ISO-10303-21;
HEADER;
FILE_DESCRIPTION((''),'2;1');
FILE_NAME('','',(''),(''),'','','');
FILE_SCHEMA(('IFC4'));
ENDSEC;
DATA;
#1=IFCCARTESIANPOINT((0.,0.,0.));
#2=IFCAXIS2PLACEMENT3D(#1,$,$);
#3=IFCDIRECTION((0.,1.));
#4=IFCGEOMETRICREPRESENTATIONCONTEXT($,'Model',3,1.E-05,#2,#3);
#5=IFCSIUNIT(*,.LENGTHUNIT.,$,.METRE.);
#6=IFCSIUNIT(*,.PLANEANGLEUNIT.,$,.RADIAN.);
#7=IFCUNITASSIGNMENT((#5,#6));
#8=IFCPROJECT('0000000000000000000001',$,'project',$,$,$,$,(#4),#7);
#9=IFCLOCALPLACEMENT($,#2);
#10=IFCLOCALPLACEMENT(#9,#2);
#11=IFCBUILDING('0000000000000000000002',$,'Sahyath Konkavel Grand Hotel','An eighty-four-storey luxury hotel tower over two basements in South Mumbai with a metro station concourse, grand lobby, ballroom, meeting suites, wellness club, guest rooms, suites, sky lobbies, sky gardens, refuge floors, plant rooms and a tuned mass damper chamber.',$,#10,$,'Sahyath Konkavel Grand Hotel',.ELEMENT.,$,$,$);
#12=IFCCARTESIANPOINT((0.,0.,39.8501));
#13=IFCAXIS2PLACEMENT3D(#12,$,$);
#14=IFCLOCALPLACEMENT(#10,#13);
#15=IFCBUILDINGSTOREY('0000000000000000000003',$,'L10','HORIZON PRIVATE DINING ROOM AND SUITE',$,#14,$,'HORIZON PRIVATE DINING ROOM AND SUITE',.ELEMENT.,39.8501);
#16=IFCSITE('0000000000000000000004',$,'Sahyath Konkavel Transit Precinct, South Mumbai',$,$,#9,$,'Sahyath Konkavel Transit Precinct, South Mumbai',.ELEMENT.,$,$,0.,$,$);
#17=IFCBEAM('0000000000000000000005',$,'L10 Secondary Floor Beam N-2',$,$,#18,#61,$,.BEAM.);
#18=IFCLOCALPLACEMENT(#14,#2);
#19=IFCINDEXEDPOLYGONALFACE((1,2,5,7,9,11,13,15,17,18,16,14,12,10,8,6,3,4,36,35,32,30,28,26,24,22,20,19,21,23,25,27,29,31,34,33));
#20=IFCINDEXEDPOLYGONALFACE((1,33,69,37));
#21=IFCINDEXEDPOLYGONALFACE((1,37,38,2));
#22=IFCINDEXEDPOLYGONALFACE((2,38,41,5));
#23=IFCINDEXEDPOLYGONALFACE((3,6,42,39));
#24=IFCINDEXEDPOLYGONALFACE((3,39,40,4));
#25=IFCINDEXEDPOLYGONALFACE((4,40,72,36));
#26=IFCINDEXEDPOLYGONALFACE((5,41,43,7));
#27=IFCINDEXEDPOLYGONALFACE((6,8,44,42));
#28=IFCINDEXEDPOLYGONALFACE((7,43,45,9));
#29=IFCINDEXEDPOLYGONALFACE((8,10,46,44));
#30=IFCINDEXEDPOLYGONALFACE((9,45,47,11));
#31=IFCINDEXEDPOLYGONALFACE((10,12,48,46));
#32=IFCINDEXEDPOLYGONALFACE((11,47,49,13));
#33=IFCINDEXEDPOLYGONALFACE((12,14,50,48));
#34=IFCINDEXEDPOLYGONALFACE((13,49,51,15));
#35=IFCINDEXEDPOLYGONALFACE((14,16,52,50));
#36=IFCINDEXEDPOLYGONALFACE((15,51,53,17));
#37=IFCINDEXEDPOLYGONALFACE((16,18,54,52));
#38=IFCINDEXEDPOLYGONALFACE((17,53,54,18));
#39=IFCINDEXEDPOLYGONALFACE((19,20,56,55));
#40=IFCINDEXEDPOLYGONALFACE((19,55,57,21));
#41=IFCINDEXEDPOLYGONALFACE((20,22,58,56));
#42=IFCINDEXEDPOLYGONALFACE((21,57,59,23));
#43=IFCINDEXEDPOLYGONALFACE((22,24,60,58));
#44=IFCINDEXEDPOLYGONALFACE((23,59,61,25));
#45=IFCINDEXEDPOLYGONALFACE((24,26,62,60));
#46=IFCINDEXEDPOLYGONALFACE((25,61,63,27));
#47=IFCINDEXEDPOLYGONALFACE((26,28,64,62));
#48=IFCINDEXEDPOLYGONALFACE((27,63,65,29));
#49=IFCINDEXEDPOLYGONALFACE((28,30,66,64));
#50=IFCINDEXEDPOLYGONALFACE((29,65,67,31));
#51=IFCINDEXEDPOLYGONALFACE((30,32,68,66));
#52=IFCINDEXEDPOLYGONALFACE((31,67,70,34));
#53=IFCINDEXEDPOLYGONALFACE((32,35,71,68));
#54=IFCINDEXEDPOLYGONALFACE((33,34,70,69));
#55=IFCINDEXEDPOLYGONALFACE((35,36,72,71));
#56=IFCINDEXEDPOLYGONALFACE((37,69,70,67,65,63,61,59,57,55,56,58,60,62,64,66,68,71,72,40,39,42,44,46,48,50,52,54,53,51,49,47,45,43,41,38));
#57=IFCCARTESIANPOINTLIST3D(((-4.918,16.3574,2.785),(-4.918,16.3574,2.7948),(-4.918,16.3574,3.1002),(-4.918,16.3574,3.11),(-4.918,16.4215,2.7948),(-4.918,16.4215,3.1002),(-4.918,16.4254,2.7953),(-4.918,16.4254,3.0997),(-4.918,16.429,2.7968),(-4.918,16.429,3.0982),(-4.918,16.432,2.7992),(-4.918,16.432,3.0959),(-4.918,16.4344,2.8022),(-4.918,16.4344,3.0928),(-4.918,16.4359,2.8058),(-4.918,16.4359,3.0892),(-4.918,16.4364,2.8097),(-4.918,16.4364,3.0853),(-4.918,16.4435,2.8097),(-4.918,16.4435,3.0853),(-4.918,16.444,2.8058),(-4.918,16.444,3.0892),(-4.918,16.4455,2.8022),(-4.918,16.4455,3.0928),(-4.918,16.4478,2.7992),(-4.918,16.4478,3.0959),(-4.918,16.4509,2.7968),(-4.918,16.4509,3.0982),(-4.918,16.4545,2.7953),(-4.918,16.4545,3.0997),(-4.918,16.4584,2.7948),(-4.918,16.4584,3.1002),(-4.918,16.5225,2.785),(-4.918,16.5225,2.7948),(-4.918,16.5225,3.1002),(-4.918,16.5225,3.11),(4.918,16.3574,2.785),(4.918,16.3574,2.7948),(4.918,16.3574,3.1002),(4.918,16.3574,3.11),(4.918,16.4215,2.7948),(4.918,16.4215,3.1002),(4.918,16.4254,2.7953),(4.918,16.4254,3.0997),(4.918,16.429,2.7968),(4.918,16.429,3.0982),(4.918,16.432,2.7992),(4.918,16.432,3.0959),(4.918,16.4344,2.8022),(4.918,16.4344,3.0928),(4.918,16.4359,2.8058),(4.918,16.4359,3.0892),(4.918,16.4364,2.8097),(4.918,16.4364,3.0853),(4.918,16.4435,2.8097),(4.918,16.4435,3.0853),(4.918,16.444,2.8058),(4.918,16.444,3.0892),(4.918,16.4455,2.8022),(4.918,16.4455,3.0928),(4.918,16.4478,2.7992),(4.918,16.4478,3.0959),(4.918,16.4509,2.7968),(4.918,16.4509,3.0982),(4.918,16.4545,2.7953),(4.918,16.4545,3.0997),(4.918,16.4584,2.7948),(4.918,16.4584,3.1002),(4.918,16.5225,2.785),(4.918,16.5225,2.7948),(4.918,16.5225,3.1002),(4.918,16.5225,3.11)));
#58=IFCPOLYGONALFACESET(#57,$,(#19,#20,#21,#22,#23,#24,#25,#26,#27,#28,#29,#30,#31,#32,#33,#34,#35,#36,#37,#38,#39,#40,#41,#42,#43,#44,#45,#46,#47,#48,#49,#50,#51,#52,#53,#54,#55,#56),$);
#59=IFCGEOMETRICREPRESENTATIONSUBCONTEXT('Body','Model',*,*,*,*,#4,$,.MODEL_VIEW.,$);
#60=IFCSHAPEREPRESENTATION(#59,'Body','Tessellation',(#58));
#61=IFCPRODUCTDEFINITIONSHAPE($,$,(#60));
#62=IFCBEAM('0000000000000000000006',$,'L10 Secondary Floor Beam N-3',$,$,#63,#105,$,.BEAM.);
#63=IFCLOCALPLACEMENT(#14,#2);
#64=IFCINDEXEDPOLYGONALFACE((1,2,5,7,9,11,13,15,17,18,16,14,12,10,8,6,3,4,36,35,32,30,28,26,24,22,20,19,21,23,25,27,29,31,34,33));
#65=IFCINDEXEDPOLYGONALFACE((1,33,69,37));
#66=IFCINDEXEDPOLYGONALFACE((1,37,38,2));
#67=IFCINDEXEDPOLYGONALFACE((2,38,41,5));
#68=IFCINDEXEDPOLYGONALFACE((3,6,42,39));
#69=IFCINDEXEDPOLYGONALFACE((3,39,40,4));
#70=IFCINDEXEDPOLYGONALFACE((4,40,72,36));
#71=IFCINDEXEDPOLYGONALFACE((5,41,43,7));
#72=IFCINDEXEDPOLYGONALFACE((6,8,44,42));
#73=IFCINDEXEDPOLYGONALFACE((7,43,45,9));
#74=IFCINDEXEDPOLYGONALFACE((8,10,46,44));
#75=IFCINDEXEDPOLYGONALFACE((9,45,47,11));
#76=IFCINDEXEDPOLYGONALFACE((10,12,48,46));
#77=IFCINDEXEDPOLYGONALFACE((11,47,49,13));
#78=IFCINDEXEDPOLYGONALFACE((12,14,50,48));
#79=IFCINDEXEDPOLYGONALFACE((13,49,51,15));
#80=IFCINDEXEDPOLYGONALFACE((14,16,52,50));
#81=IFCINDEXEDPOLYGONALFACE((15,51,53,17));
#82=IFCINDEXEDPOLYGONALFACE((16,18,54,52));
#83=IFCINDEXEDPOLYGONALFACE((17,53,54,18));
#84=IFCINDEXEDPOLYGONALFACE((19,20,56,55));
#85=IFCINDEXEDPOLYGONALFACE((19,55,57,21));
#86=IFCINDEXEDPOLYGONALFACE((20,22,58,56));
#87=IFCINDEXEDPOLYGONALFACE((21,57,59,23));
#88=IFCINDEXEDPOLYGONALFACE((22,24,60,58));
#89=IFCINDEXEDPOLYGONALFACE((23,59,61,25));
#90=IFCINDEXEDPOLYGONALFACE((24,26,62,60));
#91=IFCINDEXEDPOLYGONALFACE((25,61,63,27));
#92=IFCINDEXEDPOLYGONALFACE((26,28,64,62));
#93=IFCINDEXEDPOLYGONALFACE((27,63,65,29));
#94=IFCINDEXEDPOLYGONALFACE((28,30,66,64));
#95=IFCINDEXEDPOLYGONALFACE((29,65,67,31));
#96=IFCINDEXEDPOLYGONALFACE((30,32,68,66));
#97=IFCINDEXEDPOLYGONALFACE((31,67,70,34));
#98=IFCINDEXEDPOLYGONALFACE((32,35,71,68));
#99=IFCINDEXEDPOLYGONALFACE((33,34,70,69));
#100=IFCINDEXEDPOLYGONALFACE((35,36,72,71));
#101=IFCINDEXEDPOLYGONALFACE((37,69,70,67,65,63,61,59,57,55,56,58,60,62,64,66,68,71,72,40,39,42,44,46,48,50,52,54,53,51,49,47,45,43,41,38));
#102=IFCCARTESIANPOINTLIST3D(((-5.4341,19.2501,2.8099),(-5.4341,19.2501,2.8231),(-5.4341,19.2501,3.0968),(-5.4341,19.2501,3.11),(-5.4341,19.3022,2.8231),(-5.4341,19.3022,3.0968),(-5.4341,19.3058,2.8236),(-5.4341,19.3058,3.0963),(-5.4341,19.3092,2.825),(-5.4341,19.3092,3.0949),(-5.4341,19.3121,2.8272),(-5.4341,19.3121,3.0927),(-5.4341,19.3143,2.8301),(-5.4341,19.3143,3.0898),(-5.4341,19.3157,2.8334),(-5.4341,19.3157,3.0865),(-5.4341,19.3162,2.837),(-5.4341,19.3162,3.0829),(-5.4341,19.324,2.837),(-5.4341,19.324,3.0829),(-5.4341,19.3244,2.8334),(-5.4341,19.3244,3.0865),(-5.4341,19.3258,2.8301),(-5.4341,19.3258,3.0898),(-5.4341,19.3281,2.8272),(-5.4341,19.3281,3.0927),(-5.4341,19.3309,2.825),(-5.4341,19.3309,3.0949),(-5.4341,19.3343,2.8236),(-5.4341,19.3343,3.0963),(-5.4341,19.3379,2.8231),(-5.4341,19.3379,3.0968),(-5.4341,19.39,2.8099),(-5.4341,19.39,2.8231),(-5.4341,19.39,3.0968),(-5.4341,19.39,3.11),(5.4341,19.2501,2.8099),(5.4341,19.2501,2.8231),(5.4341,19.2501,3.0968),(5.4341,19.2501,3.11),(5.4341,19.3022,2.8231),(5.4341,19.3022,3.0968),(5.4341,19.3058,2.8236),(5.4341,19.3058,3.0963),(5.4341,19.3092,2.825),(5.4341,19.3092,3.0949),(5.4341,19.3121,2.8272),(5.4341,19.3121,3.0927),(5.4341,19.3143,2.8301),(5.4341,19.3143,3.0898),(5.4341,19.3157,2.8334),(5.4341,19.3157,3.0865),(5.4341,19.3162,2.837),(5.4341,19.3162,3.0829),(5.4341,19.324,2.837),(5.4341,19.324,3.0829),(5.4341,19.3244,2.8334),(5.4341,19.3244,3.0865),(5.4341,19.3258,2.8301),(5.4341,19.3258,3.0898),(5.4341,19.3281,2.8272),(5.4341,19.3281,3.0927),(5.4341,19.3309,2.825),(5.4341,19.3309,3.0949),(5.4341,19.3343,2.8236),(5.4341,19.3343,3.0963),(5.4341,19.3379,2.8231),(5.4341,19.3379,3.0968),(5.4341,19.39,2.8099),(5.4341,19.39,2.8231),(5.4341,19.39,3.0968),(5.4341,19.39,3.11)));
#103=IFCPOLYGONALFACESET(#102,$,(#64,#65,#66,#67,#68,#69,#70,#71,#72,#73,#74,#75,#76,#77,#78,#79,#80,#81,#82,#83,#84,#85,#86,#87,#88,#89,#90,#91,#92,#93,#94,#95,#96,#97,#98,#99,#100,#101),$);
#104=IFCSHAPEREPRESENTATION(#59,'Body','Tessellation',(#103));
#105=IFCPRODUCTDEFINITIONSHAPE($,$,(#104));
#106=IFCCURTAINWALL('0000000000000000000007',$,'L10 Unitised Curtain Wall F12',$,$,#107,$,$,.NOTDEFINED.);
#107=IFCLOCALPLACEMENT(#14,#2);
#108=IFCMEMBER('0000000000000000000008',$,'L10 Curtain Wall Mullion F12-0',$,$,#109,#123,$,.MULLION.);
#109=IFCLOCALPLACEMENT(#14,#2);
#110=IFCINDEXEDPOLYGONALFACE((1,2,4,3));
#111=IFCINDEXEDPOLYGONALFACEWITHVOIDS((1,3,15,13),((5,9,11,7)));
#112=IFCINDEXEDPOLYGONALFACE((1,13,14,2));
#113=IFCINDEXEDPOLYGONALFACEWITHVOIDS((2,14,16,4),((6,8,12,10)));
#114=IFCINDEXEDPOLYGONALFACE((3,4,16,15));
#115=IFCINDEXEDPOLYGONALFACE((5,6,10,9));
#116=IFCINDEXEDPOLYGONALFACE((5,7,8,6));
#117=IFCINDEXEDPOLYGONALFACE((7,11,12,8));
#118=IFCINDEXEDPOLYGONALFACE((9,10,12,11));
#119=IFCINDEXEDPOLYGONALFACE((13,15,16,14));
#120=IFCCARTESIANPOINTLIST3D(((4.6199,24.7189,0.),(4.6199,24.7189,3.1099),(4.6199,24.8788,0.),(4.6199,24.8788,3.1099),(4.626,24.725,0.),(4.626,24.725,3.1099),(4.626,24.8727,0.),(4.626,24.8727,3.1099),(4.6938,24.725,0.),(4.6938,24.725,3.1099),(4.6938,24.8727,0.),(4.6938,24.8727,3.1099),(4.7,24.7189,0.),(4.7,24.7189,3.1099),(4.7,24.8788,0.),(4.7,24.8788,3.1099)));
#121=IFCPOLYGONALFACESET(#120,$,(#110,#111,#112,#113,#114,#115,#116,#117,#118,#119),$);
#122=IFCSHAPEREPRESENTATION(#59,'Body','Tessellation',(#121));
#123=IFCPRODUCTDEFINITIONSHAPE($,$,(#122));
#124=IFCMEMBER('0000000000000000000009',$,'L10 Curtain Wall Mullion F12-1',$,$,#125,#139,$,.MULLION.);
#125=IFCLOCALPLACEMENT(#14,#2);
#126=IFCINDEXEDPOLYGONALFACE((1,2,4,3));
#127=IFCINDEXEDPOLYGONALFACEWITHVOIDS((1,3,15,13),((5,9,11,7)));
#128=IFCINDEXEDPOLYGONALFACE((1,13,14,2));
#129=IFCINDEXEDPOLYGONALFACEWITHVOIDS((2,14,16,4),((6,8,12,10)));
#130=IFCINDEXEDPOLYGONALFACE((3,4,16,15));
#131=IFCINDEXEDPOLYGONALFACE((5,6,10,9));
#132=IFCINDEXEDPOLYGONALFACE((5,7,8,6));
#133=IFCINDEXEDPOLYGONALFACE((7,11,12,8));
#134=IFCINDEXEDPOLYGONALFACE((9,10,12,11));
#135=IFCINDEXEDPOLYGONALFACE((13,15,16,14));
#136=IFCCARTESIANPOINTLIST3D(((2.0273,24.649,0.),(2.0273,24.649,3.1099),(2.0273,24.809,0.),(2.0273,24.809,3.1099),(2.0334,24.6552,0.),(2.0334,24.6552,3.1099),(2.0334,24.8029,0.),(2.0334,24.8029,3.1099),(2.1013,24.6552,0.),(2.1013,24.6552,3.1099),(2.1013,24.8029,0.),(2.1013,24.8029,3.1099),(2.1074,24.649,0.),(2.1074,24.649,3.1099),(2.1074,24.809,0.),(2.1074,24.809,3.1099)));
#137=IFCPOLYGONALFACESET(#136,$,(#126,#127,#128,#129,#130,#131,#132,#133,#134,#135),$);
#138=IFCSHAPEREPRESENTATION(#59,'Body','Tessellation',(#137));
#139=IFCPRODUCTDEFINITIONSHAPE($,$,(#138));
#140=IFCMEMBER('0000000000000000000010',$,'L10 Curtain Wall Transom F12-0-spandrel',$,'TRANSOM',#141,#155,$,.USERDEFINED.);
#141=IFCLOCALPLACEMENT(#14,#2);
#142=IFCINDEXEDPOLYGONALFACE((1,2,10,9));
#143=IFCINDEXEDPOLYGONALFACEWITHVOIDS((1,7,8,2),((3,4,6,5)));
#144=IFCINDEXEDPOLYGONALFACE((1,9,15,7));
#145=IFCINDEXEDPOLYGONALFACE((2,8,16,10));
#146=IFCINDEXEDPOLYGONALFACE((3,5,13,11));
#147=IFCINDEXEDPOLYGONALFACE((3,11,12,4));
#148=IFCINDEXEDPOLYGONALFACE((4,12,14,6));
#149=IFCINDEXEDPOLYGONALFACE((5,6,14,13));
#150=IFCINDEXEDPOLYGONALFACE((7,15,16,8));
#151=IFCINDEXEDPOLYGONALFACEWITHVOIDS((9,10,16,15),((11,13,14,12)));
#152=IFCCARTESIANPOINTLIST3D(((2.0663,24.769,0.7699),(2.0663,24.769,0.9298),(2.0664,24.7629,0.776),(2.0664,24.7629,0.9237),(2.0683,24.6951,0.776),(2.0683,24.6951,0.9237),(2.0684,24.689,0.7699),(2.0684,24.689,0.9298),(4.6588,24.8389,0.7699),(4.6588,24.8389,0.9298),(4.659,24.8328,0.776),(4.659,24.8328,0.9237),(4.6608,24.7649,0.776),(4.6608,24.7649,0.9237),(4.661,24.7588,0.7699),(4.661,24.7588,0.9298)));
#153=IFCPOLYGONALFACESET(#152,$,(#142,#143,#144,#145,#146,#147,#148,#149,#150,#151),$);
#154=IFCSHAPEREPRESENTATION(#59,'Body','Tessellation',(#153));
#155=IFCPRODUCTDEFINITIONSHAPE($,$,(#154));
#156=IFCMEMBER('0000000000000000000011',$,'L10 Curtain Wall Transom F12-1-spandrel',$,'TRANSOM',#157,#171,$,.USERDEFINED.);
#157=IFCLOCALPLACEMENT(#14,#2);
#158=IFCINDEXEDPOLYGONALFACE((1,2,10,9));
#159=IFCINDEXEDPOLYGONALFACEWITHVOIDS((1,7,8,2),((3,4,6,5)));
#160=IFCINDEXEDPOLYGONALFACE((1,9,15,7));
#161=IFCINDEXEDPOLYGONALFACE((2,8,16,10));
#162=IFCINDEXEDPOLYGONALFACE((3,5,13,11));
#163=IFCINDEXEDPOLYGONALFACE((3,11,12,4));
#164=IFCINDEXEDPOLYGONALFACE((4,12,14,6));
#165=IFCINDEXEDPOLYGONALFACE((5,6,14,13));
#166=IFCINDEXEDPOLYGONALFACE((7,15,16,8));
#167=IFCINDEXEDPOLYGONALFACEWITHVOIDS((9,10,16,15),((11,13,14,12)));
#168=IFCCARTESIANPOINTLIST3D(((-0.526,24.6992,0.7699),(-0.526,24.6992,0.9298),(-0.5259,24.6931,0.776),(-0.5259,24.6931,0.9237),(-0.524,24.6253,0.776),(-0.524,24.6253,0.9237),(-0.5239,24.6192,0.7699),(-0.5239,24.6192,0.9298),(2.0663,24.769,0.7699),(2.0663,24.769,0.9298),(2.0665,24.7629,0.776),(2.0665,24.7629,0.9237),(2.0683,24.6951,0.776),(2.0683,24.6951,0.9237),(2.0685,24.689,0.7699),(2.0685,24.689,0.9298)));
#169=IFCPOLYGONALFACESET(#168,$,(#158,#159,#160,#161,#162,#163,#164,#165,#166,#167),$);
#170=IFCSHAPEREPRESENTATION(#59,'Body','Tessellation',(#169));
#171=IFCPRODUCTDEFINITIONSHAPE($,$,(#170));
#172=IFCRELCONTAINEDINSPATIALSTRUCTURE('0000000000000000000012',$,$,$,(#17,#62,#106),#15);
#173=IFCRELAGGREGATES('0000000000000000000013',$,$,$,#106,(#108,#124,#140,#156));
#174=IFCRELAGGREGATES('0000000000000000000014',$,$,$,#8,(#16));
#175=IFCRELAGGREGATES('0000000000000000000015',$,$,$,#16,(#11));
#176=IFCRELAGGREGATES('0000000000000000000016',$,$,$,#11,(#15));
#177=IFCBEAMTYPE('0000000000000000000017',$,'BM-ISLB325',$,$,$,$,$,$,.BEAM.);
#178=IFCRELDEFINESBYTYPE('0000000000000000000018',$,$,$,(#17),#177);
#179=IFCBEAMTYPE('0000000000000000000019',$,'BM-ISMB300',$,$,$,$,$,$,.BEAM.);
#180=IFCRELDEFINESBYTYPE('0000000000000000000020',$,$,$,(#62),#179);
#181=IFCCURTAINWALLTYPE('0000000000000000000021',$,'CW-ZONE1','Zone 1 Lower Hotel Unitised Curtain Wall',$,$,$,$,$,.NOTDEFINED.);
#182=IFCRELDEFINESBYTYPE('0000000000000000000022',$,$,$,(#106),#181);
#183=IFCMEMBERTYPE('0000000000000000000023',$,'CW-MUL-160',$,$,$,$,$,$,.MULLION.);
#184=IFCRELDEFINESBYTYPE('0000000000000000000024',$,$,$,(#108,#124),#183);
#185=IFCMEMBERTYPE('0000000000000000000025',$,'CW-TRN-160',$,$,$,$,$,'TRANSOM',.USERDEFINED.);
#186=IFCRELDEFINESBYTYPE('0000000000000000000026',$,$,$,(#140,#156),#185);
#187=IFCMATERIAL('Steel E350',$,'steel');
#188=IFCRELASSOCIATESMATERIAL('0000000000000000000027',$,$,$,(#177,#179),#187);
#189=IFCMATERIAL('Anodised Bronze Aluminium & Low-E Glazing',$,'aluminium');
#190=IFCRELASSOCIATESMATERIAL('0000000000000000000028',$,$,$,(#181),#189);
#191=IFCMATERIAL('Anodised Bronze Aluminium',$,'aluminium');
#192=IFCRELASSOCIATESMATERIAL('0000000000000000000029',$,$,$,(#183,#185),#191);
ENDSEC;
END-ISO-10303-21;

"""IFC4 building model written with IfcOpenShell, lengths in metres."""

from ifc_helpers import new_model, si_unit, direction, frame, origin, origin_2d, place, context, subcontext, project, spatial, hollow_rectangle, i_section, extrude, source, transform, mapped, material, material_profile, profile_set, type_object, element, aggregate, save


model = new_model("IFC4")

# Units and contexts
model_context = context("Model", 3, precision=1e-05, world=origin(), true_north=direction((0.0, 1.0)))
body_context = subcontext(model_context, "Body", "Model", "MODEL_VIEW")
ifc_project = project(units=[si_unit("LENGTHUNIT", "METRE"), si_unit("PLANEANGLEUNIT", "RADIAN")], contexts=[model_context])

# Site, building, storey
site_placement = place(None, origin())
site = spatial("IfcSite", under=ifc_project, at=site_placement, Name="Sahyath Konkavel Transit Precinct, South Mumbai", LongName="Sahyath Konkavel Transit Precinct, South Mumbai", CompositionType="ELEMENT", RefElevation=0.0)
building_placement = place(site_placement, origin())
building = spatial("IfcBuilding", under=site, at=building_placement, Name="Sahyath Konkavel Grand Hotel", Description="An eighty-four-storey luxury hotel tower over two basements in South Mumbai with a metro station concourse, grand lobby, ballroom, meeting suites, wellness club, guest rooms, suites, sky lobbies, sky gardens, refuge floors, plant rooms and a tuned mass damper chamber.", LongName="Sahyath Konkavel Grand Hotel", CompositionType="ELEMENT")
storey_placement = place(building_placement, frame((0.0, 0.0, 39.8501)))
storey = spatial("IfcBuildingStorey", under=building, at=storey_placement, Name="L10", Description="HORIZON PRIVATE DINING ROOM AND SUITE", LongName="HORIZON PRIVATE DINING ROOM AND SUITE", CompositionType="ELEMENT", Elevation=39.8501)

# Beams
ifc_material_1 = material(Name="Steel E350", Category="steel")
ifc_material_profile_1 = material_profile(ifc_material_1, i_section(OverallWidth=0.165, OverallDepth=0.325, WebThickness=0.0071, FlangeThickness=0.0098, FilletRadius=0.0149, at=origin_2d()), Name="ISLB 325")
ifc_profile_set_1 = profile_set([ifc_material_profile_1], Name="Steel E350")
beam_type_1 = type_object("IfcBeamType", Name="BM-ISLB325", PredefinedType="BEAM", material=ifc_profile_set_1)
shared_shape_1 = source(origin(), body_context, "Body", "SweptSolid", [
    extrude(i_section(OverallWidth=0.165, OverallDepth=0.325, WebThickness=0.0071, FlangeThickness=0.0098, FilletRadius=0.0149, at=origin_2d()), origin(), (0.0, 0.0, 1.0), 9.8359),
])
beam_1_placement = place(storey_placement, frame((4.918, 16.4399, 2.9475), z_axis=(-1.0, 0.0, 0.0), x_axis=(0.0, -1.0, 0.0)))
element("IfcBeam", 1, at=beam_1_placement, inside=storey, type_object=beam_type_1, Name="L10 Secondary Floor Beam N-2", PredefinedType="BEAM", context=body_context, shape_type="MappedRepresentation", body=[
    mapped(shared_shape_1, transform((0.0, 0.0, 0.0), scale=1.0)),
])
ifc_material_profile_2 = material_profile(ifc_material_1, i_section(OverallWidth=0.1399, OverallDepth=0.3, WebThickness=0.0078, FlangeThickness=0.0132, FilletRadius=0.0139, at=origin_2d()), Name="ISMB 300")
ifc_profile_set_2 = profile_set([ifc_material_profile_2], Name="Steel E350")
beam_type_2 = type_object("IfcBeamType", Name="BM-ISMB300", PredefinedType="BEAM", material=ifc_profile_set_2)
shared_shape_2 = source(origin(), body_context, "Body", "SweptSolid", [
    extrude(i_section(OverallWidth=0.1399, OverallDepth=0.3, WebThickness=0.0078, FlangeThickness=0.0132, FilletRadius=0.0139, at=origin_2d()), origin(), (0.0, 0.0, 1.0), 10.8682),
])
beam_2_placement = place(storey_placement, frame((5.4341, 19.3201, 2.96), z_axis=(-1.0, 0.0, 0.0), x_axis=(0.0, -1.0, 0.0)))
element("IfcBeam", 2, at=beam_2_placement, inside=storey, type_object=beam_type_2, Name="L10 Secondary Floor Beam N-3", PredefinedType="BEAM", context=body_context, shape_type="MappedRepresentation", body=[
    mapped(shared_shape_2, transform((0.0, 0.0, 0.0), scale=1.0)),
])

# Curtain wall, members
ifc_material_2 = material(Name="Anodised Bronze Aluminium & Low-E Glazing", Category="aluminium")
curtain_wall_type = type_object("IfcCurtainWallType", Name="CW-ZONE1", Description="Zone 1 Lower Hotel Unitised Curtain Wall", PredefinedType="NOTDEFINED", material=ifc_material_2)
curtain_wall_placement = place(storey_placement, origin())
curtain_wall = element("IfcCurtainWall", 3, at=curtain_wall_placement, inside=storey, type_object=curtain_wall_type, Name="L10 Unitised Curtain Wall F12", PredefinedType="NOTDEFINED")
ifc_material_3 = material(Name="Anodised Bronze Aluminium", Category="aluminium")
ifc_material_profile_3 = material_profile(ifc_material_3, hollow_rectangle(XDim=0.0801, YDim=0.1599, WallThickness=0.0061, at=origin_2d()), Name="RHS 160x80x6")
ifc_profile_set_3 = profile_set([ifc_material_profile_3], Name="Anodised Bronze Aluminium")
member_type_1 = type_object("IfcMemberType", Name="CW-MUL-160", PredefinedType="MULLION", material=ifc_profile_set_3)
shared_shape_3 = source(origin(), body_context, "Body", "SweptSolid", [
    extrude(hollow_rectangle(XDim=0.0801, YDim=0.1599, WallThickness=0.0061, at=origin_2d()), origin(), (0.0, 0.0, 1.0), 3.1099),
])
member_1_placement = place(storey_placement, frame((4.6599, 24.7988, 0.0), z_axis=(0.0, 0.0, 1.0), x_axis=(1.0, 0.0, 0.0)))
member_1 = element("IfcMember", 4, at=member_1_placement, type_object=member_type_1, Name="L10 Curtain Wall Mullion F12-0", PredefinedType="MULLION", context=body_context, shape_type="MappedRepresentation", body=[
    mapped(shared_shape_3, transform((0.0, 0.0, 0.0), scale=1.0)),
])
member_2_placement = place(storey_placement, frame((2.0674, 24.729, 0.0), z_axis=(0.0, 0.0, 1.0), x_axis=(1.0, 0.0, 0.0)))
member_2 = element("IfcMember", 5, at=member_2_placement, type_object=member_type_1, Name="L10 Curtain Wall Mullion F12-1", PredefinedType="MULLION", context=body_context, shape_type="MappedRepresentation", body=[
    mapped(shared_shape_3, transform((0.0, 0.0, 0.0), scale=1.0)),
])
ifc_material_profile_4 = material_profile(ifc_material_3, hollow_rectangle(XDim=0.0801, YDim=0.1599, WallThickness=0.0061, at=origin_2d()), Name="RHS 160x80x6")
ifc_profile_set_4 = profile_set([ifc_material_profile_4], Name="Anodised Bronze Aluminium")
member_type_2 = type_object("IfcMemberType", Name="CW-TRN-160", ElementType="TRANSOM", PredefinedType="USERDEFINED", material=ifc_profile_set_4)
shared_shape_4 = source(origin(), body_context, "Body", "SweptSolid", [
    extrude(hollow_rectangle(XDim=0.0801, YDim=0.1599, WallThickness=0.0061, at=origin_2d()), origin(), (0.0, 0.0, 1.0), 2.5935),
])
member_3_placement = place(storey_placement, frame((4.6599, 24.7988, 0.8499), z_axis=(-0.999638, -0.026923, 0.0), x_axis=(0.026923, -0.999638, 0.0)))
member_3 = element("IfcMember", 6, at=member_3_placement, type_object=member_type_2, Name="L10 Curtain Wall Transom F12-0-spandrel", ObjectType="TRANSOM", PredefinedType="USERDEFINED", context=body_context, shape_type="MappedRepresentation", body=[
    mapped(shared_shape_4, transform((0.0, 0.0, 0.0), scale=1.0)),
])
shared_shape_5 = source(origin(), body_context, "Body", "SweptSolid", [
    extrude(hollow_rectangle(XDim=0.0801, YDim=0.1599, WallThickness=0.0061, at=origin_2d()), origin(), (0.0, 0.0, 1.0), 2.5933),
])
member_4_placement = place(storey_placement, frame((2.0674, 24.729, 0.8499), z_axis=(-0.999637, -0.026926, 0.0), x_axis=(0.026926, -0.999637, 0.0)))
member_4 = element("IfcMember", 7, at=member_4_placement, type_object=member_type_2, Name="L10 Curtain Wall Transom F12-1-spandrel", ObjectType="TRANSOM", PredefinedType="USERDEFINED", context=body_context, shape_type="MappedRepresentation", body=[
    mapped(shared_shape_5, transform((0.0, 0.0, 0.0), scale=1.0)),
])
aggregate(curtain_wall, [member_1, member_2, member_3, member_4])

save(model, "model.ifc")
